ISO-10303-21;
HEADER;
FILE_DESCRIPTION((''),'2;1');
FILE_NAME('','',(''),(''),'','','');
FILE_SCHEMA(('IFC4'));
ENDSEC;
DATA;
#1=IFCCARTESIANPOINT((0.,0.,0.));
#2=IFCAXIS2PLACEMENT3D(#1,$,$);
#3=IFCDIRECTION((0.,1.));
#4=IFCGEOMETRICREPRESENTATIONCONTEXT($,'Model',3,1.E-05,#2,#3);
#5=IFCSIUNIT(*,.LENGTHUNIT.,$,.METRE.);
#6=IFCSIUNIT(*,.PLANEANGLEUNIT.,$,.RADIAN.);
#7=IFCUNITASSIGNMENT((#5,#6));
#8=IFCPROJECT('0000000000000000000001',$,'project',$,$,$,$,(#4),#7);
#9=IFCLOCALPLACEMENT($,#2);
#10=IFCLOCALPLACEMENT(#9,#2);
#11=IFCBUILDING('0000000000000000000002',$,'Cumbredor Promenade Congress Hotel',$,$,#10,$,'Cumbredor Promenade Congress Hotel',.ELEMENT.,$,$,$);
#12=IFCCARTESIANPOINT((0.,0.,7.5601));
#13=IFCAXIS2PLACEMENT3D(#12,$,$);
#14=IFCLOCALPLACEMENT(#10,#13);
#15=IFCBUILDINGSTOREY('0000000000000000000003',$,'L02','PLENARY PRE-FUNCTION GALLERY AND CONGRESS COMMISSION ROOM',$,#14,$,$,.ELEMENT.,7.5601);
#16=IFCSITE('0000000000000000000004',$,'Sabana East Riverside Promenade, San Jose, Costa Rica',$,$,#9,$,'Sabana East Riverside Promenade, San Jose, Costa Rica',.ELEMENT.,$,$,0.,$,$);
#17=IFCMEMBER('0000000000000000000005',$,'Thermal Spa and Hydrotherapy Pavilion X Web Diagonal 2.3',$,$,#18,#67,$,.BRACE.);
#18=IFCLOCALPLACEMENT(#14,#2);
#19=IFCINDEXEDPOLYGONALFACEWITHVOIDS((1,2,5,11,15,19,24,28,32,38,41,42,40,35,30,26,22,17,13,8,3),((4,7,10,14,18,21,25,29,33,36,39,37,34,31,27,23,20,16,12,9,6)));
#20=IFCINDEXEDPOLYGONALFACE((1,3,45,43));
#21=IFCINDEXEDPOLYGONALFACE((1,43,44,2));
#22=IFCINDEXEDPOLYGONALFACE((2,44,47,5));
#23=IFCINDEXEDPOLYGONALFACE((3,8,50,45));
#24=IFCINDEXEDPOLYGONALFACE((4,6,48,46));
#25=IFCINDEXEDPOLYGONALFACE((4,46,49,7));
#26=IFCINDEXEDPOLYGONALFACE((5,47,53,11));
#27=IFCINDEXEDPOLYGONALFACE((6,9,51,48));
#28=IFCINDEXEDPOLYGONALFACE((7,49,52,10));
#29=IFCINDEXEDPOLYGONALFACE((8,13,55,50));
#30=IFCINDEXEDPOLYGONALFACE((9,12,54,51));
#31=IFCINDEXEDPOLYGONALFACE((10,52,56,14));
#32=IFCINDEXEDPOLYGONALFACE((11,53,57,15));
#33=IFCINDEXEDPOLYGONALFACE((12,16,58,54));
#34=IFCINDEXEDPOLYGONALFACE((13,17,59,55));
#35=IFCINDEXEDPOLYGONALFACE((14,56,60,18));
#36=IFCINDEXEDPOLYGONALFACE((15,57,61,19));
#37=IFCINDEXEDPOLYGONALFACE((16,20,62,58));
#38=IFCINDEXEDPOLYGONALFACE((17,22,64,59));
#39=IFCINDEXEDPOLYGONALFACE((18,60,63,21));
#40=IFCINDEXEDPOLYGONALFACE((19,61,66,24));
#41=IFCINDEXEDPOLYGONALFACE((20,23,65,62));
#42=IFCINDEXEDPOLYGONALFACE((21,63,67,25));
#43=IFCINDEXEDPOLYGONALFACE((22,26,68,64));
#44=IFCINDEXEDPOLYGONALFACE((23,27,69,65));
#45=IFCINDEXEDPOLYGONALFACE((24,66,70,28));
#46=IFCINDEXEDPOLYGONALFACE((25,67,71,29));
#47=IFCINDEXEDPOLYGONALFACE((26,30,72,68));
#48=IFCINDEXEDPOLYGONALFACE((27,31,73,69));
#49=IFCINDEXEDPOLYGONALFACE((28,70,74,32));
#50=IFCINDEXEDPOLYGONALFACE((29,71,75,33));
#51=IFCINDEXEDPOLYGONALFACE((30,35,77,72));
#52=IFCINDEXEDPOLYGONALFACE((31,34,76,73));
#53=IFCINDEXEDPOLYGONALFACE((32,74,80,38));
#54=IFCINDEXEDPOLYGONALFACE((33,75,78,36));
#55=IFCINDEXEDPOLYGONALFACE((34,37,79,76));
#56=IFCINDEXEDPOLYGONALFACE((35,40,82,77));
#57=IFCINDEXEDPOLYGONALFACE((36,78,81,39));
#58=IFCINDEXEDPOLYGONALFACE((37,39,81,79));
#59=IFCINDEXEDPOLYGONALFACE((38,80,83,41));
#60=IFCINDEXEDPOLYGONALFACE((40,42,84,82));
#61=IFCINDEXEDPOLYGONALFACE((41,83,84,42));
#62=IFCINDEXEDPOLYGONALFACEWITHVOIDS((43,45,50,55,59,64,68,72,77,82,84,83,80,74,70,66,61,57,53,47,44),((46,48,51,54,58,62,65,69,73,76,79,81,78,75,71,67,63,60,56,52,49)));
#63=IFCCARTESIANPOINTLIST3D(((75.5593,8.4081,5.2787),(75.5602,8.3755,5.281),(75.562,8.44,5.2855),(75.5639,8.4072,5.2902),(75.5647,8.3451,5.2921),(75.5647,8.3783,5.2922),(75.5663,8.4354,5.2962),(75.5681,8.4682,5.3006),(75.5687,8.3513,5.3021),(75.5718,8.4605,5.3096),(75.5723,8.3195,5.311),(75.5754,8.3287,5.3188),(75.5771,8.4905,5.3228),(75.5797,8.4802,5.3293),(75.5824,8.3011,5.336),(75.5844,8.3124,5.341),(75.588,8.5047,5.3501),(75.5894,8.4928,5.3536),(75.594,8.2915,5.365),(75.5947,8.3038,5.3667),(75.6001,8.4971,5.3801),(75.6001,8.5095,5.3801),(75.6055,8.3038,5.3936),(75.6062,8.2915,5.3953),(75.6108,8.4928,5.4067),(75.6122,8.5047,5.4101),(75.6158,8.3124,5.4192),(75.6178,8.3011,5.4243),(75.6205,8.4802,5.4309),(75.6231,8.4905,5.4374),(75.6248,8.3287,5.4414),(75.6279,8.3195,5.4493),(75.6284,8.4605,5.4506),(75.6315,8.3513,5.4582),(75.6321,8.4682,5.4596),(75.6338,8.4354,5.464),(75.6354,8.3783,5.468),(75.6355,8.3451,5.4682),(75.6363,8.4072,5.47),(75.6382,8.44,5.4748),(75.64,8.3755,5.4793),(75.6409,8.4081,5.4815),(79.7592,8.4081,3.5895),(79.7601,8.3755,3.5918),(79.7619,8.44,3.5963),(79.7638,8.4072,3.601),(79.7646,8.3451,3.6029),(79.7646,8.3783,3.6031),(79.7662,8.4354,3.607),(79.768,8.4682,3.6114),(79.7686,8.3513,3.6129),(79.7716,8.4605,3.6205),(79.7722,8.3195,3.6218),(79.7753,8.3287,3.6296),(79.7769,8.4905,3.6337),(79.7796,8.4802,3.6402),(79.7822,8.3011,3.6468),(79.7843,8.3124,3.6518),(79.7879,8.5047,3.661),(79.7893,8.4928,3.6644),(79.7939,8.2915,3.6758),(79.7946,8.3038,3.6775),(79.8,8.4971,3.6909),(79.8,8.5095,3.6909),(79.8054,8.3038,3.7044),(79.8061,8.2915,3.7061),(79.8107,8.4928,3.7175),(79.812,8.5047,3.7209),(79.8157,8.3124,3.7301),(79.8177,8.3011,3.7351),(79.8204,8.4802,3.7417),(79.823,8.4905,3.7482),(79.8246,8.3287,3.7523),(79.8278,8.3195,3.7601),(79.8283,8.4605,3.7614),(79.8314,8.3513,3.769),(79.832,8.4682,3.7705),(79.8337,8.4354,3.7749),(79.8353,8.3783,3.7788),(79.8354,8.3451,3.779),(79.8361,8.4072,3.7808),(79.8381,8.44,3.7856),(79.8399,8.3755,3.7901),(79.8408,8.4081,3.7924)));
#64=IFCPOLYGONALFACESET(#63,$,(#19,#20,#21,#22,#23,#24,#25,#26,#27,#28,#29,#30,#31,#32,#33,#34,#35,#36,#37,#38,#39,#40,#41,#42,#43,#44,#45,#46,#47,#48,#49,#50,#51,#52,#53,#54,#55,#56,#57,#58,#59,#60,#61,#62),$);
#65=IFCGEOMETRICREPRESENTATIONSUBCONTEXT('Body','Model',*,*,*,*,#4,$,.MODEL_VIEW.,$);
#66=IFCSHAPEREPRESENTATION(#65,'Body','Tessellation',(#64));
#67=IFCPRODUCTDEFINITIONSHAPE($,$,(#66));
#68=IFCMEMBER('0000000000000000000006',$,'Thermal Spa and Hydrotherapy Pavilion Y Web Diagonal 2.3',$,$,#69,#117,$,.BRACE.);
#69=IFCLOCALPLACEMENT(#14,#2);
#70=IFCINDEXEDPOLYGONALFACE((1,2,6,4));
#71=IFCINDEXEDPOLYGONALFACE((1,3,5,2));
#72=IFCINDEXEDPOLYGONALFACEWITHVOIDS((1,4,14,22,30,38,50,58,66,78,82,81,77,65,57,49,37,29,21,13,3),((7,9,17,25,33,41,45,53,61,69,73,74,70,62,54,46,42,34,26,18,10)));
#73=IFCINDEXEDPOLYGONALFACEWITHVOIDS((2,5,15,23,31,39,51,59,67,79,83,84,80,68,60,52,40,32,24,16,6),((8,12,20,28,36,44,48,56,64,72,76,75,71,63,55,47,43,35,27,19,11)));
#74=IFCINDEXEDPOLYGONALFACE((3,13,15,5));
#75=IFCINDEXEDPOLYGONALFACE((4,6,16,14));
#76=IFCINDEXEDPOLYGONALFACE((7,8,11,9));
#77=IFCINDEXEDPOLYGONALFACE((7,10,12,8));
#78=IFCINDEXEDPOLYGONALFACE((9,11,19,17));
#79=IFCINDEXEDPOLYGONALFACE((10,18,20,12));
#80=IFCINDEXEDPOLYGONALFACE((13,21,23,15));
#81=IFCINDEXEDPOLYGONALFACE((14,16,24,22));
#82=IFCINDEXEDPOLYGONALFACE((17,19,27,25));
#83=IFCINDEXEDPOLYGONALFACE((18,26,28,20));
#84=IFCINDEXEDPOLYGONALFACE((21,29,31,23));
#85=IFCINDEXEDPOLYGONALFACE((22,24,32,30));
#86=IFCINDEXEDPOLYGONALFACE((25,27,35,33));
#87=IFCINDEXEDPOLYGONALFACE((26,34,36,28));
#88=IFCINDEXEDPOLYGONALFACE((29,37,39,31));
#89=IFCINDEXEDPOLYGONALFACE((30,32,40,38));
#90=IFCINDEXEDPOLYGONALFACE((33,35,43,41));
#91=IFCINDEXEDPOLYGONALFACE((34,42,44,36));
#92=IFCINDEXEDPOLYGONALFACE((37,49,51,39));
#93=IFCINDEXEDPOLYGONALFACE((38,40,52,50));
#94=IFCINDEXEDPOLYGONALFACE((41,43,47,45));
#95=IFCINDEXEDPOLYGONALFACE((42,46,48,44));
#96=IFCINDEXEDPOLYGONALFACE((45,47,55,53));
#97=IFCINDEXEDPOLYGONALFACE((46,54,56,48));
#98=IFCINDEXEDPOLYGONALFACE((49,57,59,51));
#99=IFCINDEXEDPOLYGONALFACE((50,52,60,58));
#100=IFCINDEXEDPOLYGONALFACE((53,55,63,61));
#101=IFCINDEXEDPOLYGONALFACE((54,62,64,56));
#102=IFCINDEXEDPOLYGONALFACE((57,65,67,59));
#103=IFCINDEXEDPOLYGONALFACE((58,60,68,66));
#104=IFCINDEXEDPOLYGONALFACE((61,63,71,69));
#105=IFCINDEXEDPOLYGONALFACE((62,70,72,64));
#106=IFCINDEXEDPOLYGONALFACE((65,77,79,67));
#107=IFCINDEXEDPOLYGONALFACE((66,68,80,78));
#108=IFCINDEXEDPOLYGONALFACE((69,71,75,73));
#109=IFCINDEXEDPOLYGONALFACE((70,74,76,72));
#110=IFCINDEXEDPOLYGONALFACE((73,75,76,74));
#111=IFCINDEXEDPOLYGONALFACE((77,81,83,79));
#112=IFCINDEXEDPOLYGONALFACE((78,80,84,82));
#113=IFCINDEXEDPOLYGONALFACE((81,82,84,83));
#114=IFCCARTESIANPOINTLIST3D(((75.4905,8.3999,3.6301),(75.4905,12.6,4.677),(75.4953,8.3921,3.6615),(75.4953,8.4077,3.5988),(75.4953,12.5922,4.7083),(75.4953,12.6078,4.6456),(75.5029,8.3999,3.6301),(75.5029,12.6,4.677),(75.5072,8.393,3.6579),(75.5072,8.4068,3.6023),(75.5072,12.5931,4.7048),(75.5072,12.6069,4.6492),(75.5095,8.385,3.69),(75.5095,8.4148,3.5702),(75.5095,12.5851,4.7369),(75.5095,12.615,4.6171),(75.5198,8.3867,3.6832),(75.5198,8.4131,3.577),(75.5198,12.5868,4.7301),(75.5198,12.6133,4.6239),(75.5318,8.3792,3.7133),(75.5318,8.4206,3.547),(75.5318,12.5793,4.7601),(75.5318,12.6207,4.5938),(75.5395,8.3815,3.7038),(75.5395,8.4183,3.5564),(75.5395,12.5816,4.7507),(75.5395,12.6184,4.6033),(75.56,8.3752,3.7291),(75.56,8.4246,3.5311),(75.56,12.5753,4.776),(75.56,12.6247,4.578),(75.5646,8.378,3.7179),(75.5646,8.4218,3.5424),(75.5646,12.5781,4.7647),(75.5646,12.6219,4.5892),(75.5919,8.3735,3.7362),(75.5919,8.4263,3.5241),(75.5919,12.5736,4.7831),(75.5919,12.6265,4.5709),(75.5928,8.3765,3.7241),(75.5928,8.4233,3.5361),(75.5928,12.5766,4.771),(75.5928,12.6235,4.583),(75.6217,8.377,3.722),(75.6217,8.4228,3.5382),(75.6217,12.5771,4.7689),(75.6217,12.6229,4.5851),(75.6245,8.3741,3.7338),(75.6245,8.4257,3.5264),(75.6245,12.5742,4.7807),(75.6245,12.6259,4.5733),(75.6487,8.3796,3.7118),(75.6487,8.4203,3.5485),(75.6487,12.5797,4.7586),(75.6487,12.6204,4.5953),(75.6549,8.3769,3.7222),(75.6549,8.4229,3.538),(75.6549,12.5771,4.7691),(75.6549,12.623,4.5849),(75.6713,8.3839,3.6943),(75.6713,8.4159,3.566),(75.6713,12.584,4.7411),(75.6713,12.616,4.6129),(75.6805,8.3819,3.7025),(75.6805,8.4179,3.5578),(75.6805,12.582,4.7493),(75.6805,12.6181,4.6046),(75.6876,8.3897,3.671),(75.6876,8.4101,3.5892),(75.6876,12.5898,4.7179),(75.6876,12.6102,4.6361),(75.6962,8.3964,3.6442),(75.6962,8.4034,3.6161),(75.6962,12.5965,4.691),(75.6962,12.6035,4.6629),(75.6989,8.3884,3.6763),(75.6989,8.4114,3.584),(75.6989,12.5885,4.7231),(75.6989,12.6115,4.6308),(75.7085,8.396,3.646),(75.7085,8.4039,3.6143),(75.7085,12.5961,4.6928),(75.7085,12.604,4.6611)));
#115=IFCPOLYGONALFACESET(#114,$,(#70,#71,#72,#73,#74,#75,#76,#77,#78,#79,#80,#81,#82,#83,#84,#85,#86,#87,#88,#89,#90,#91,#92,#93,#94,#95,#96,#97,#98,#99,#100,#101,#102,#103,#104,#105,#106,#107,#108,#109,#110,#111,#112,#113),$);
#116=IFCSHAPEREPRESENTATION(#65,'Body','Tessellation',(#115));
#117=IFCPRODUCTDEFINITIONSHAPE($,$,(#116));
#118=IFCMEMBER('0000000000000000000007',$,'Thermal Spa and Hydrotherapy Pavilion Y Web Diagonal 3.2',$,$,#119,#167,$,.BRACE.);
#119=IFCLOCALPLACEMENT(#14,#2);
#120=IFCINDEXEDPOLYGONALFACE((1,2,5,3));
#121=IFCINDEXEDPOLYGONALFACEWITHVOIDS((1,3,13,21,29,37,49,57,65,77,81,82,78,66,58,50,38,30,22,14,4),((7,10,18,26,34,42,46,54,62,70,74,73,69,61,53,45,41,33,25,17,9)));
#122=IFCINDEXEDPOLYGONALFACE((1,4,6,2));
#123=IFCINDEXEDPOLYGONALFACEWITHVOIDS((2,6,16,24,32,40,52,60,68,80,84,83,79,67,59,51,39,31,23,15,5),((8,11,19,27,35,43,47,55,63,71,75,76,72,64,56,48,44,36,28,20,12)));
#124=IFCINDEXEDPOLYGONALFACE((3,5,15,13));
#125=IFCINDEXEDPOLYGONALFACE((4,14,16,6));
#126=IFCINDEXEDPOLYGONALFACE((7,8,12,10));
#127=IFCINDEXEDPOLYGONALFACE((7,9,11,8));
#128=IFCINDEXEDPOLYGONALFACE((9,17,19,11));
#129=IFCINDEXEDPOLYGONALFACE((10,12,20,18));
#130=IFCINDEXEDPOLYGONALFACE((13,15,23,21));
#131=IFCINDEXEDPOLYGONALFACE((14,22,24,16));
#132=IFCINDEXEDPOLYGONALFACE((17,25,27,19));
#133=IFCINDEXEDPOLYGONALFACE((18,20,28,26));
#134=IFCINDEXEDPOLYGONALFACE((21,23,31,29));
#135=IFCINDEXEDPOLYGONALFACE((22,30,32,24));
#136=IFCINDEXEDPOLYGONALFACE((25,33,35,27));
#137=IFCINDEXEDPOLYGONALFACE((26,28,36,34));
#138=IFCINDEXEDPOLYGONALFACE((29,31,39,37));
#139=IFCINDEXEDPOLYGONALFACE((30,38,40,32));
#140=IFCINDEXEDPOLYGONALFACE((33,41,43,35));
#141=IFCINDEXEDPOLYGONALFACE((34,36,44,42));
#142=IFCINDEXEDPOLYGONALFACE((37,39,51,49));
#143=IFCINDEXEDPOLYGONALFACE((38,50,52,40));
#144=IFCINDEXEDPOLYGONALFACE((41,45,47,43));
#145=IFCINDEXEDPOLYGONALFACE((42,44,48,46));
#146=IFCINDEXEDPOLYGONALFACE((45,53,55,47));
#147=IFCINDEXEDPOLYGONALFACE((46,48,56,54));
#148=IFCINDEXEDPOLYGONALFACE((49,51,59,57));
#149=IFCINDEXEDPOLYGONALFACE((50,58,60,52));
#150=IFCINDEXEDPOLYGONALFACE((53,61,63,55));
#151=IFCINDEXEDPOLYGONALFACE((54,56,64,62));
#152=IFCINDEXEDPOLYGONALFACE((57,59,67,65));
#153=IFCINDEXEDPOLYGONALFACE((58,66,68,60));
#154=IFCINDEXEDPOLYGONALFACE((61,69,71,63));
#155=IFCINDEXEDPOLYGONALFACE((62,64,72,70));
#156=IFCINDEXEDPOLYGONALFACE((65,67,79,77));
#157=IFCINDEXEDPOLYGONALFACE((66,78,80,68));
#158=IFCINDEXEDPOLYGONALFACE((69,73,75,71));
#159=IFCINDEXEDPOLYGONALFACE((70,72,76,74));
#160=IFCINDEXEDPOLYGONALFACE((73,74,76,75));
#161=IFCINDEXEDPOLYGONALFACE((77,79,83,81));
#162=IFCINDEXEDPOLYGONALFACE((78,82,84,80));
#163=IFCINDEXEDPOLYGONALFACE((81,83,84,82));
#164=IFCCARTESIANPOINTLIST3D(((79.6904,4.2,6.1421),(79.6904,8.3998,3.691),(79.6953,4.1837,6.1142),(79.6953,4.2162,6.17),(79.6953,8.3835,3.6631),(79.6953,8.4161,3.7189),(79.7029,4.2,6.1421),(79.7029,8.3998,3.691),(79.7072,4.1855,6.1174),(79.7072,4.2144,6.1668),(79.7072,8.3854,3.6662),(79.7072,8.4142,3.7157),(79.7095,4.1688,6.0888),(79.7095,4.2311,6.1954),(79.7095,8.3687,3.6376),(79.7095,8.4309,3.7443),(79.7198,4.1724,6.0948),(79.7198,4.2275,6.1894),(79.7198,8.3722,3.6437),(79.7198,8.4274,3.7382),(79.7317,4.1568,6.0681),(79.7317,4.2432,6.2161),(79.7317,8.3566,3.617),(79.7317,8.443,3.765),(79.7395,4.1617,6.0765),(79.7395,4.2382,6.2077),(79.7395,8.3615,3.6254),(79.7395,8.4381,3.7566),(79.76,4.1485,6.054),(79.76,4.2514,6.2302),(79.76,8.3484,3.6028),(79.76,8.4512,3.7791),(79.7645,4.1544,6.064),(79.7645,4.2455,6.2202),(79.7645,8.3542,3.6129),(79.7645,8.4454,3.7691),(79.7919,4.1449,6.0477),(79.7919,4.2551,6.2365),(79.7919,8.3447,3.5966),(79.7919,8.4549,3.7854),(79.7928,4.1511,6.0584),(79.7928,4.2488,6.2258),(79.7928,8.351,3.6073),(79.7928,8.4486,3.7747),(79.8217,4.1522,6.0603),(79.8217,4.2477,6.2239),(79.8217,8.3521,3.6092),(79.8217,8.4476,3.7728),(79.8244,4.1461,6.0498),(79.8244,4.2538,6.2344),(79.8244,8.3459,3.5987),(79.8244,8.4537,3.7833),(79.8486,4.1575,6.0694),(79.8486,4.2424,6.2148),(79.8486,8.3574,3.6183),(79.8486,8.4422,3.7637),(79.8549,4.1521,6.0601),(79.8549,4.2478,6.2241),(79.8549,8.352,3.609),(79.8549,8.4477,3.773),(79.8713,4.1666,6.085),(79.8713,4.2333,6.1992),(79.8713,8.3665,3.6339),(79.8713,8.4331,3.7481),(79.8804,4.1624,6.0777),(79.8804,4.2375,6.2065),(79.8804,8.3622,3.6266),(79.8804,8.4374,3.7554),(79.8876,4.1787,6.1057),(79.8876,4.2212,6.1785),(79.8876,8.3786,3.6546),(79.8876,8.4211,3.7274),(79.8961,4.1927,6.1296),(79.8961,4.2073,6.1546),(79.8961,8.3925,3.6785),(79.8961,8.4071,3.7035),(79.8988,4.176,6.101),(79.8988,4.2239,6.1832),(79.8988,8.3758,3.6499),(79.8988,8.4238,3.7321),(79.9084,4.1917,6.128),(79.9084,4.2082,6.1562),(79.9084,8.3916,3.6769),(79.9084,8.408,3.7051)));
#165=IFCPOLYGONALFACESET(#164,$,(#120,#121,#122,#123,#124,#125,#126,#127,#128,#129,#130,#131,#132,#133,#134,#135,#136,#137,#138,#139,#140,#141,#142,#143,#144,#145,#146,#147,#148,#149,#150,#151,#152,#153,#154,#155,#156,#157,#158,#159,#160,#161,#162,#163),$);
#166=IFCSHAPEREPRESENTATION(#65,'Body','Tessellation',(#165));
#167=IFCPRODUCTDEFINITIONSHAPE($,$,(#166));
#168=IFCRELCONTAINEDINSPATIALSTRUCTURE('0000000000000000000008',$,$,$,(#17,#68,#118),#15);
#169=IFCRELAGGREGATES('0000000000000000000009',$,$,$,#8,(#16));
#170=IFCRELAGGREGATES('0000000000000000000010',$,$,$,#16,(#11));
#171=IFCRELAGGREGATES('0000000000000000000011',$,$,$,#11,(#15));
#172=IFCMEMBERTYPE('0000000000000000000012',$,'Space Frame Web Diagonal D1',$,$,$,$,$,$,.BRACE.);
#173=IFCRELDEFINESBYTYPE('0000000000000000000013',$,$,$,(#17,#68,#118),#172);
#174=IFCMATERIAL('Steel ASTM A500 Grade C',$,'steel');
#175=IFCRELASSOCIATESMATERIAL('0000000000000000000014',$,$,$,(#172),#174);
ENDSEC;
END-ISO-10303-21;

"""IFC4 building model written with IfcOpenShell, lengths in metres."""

from ifc_helpers import new_model, si_unit, direction, frame, origin, origin_2d, place, context, subcontext, project, spatial, hollow_circle, extrude, material, material_profile, profile_set, type_object, element, save


model = new_model("IFC4")

# Units and contexts
model_context = context("Model", 3, precision=1e-05, world=origin(), true_north=direction((0.0, 1.0)))
body_context = subcontext(model_context, "Body", "Model", "MODEL_VIEW")
ifc_project = project(units=[si_unit("LENGTHUNIT", "METRE"), si_unit("PLANEANGLEUNIT", "RADIAN")], contexts=[model_context])

# Site, building, storey
site_placement = place(None, origin())
site = spatial("IfcSite", under=ifc_project, at=site_placement, Name="Sabana East Riverside Promenade, San Jose, Costa Rica", LongName="Sabana East Riverside Promenade, San Jose, Costa Rica", CompositionType="ELEMENT", RefElevation=0.0)
building_placement = place(site_placement, origin())
building = spatial("IfcBuilding", under=site, at=building_placement, Name="Cumbredor Promenade Congress Hotel", LongName="Cumbredor Promenade Congress Hotel", CompositionType="ELEMENT")
storey_placement = place(building_placement, frame((0.0, 0.0, 7.5601)))
storey = spatial("IfcBuildingStorey", under=building, at=storey_placement, Name="L02", Description="PLENARY PRE-FUNCTION GALLERY AND CONGRESS COMMISSION ROOM", CompositionType="ELEMENT", Elevation=7.5601)

# Members
ifc_material_1 = material(Name="Steel ASTM A500 Grade C", Category="steel")
ifc_material_profile_1 = material_profile(ifc_material_1, hollow_circle(Radius=0.1096, WallThickness=0.0125, at=origin_2d()), Name="CHS 219.1x12.5")
ifc_profile_set_1 = profile_set([ifc_material_profile_1], Name="Steel ASTM A500 Grade C")
member_type_1 = type_object("IfcMemberType", Name="Space Frame Web Diagonal D1", PredefinedType="BRACE", material=ifc_profile_set_1)
member_1_placement = place(storey_placement, frame((75.6001, 8.3999, 5.3801), z_axis=(0.927772, 0.0, -0.373147), x_axis=(0.0, 1.0, 0.0)))
element("IfcMember", 1, at=member_1_placement, inside=storey, type_object=member_type_1, Name="Thermal Spa and Hydrotherapy Pavilion X Web Diagonal 2.3", PredefinedType="BRACE", context=body_context, shape_type="SweptSolid", body=[
    extrude(hollow_circle(Radius=0.1096, WallThickness=0.0125, at=origin_2d()), origin(), (0.0, 0.0, 1.0), 4.5269),
])
member_2_placement = place(storey_placement, frame((75.6001, 8.3999, 3.6301), z_axis=(0.0, 0.970315, 0.241845), x_axis=(-1.0, 0.0, 0.0)))
element("IfcMember", 2, at=member_2_placement, inside=storey, type_object=member_type_1, Name="Thermal Spa and Hydrotherapy Pavilion Y Web Diagonal 2.3", PredefinedType="BRACE", context=body_context, shape_type="SweptSolid", body=[
    extrude(hollow_circle(Radius=0.1096, WallThickness=0.0125, at=origin_2d()), origin(), (0.0, 0.0, 1.0), 4.3286),
])
member_3_placement = place(storey_placement, frame((79.8, 4.2, 6.1421), z_axis=(0.0, 0.863671, -0.504055), x_axis=(-1.0, 0.0, 0.0)))
element("IfcMember", 3, at=member_3_placement, inside=storey, type_object=member_type_1, Name="Thermal Spa and Hydrotherapy Pavilion Y Web Diagonal 3.2", PredefinedType="BRACE", context=body_context, shape_type="SweptSolid", body=[
    extrude(hollow_circle(Radius=0.1096, WallThickness=0.0125, at=origin_2d()), origin(), (0.0, 0.0, 1.0), 4.8628),
])

save(model, "model.ifc")
